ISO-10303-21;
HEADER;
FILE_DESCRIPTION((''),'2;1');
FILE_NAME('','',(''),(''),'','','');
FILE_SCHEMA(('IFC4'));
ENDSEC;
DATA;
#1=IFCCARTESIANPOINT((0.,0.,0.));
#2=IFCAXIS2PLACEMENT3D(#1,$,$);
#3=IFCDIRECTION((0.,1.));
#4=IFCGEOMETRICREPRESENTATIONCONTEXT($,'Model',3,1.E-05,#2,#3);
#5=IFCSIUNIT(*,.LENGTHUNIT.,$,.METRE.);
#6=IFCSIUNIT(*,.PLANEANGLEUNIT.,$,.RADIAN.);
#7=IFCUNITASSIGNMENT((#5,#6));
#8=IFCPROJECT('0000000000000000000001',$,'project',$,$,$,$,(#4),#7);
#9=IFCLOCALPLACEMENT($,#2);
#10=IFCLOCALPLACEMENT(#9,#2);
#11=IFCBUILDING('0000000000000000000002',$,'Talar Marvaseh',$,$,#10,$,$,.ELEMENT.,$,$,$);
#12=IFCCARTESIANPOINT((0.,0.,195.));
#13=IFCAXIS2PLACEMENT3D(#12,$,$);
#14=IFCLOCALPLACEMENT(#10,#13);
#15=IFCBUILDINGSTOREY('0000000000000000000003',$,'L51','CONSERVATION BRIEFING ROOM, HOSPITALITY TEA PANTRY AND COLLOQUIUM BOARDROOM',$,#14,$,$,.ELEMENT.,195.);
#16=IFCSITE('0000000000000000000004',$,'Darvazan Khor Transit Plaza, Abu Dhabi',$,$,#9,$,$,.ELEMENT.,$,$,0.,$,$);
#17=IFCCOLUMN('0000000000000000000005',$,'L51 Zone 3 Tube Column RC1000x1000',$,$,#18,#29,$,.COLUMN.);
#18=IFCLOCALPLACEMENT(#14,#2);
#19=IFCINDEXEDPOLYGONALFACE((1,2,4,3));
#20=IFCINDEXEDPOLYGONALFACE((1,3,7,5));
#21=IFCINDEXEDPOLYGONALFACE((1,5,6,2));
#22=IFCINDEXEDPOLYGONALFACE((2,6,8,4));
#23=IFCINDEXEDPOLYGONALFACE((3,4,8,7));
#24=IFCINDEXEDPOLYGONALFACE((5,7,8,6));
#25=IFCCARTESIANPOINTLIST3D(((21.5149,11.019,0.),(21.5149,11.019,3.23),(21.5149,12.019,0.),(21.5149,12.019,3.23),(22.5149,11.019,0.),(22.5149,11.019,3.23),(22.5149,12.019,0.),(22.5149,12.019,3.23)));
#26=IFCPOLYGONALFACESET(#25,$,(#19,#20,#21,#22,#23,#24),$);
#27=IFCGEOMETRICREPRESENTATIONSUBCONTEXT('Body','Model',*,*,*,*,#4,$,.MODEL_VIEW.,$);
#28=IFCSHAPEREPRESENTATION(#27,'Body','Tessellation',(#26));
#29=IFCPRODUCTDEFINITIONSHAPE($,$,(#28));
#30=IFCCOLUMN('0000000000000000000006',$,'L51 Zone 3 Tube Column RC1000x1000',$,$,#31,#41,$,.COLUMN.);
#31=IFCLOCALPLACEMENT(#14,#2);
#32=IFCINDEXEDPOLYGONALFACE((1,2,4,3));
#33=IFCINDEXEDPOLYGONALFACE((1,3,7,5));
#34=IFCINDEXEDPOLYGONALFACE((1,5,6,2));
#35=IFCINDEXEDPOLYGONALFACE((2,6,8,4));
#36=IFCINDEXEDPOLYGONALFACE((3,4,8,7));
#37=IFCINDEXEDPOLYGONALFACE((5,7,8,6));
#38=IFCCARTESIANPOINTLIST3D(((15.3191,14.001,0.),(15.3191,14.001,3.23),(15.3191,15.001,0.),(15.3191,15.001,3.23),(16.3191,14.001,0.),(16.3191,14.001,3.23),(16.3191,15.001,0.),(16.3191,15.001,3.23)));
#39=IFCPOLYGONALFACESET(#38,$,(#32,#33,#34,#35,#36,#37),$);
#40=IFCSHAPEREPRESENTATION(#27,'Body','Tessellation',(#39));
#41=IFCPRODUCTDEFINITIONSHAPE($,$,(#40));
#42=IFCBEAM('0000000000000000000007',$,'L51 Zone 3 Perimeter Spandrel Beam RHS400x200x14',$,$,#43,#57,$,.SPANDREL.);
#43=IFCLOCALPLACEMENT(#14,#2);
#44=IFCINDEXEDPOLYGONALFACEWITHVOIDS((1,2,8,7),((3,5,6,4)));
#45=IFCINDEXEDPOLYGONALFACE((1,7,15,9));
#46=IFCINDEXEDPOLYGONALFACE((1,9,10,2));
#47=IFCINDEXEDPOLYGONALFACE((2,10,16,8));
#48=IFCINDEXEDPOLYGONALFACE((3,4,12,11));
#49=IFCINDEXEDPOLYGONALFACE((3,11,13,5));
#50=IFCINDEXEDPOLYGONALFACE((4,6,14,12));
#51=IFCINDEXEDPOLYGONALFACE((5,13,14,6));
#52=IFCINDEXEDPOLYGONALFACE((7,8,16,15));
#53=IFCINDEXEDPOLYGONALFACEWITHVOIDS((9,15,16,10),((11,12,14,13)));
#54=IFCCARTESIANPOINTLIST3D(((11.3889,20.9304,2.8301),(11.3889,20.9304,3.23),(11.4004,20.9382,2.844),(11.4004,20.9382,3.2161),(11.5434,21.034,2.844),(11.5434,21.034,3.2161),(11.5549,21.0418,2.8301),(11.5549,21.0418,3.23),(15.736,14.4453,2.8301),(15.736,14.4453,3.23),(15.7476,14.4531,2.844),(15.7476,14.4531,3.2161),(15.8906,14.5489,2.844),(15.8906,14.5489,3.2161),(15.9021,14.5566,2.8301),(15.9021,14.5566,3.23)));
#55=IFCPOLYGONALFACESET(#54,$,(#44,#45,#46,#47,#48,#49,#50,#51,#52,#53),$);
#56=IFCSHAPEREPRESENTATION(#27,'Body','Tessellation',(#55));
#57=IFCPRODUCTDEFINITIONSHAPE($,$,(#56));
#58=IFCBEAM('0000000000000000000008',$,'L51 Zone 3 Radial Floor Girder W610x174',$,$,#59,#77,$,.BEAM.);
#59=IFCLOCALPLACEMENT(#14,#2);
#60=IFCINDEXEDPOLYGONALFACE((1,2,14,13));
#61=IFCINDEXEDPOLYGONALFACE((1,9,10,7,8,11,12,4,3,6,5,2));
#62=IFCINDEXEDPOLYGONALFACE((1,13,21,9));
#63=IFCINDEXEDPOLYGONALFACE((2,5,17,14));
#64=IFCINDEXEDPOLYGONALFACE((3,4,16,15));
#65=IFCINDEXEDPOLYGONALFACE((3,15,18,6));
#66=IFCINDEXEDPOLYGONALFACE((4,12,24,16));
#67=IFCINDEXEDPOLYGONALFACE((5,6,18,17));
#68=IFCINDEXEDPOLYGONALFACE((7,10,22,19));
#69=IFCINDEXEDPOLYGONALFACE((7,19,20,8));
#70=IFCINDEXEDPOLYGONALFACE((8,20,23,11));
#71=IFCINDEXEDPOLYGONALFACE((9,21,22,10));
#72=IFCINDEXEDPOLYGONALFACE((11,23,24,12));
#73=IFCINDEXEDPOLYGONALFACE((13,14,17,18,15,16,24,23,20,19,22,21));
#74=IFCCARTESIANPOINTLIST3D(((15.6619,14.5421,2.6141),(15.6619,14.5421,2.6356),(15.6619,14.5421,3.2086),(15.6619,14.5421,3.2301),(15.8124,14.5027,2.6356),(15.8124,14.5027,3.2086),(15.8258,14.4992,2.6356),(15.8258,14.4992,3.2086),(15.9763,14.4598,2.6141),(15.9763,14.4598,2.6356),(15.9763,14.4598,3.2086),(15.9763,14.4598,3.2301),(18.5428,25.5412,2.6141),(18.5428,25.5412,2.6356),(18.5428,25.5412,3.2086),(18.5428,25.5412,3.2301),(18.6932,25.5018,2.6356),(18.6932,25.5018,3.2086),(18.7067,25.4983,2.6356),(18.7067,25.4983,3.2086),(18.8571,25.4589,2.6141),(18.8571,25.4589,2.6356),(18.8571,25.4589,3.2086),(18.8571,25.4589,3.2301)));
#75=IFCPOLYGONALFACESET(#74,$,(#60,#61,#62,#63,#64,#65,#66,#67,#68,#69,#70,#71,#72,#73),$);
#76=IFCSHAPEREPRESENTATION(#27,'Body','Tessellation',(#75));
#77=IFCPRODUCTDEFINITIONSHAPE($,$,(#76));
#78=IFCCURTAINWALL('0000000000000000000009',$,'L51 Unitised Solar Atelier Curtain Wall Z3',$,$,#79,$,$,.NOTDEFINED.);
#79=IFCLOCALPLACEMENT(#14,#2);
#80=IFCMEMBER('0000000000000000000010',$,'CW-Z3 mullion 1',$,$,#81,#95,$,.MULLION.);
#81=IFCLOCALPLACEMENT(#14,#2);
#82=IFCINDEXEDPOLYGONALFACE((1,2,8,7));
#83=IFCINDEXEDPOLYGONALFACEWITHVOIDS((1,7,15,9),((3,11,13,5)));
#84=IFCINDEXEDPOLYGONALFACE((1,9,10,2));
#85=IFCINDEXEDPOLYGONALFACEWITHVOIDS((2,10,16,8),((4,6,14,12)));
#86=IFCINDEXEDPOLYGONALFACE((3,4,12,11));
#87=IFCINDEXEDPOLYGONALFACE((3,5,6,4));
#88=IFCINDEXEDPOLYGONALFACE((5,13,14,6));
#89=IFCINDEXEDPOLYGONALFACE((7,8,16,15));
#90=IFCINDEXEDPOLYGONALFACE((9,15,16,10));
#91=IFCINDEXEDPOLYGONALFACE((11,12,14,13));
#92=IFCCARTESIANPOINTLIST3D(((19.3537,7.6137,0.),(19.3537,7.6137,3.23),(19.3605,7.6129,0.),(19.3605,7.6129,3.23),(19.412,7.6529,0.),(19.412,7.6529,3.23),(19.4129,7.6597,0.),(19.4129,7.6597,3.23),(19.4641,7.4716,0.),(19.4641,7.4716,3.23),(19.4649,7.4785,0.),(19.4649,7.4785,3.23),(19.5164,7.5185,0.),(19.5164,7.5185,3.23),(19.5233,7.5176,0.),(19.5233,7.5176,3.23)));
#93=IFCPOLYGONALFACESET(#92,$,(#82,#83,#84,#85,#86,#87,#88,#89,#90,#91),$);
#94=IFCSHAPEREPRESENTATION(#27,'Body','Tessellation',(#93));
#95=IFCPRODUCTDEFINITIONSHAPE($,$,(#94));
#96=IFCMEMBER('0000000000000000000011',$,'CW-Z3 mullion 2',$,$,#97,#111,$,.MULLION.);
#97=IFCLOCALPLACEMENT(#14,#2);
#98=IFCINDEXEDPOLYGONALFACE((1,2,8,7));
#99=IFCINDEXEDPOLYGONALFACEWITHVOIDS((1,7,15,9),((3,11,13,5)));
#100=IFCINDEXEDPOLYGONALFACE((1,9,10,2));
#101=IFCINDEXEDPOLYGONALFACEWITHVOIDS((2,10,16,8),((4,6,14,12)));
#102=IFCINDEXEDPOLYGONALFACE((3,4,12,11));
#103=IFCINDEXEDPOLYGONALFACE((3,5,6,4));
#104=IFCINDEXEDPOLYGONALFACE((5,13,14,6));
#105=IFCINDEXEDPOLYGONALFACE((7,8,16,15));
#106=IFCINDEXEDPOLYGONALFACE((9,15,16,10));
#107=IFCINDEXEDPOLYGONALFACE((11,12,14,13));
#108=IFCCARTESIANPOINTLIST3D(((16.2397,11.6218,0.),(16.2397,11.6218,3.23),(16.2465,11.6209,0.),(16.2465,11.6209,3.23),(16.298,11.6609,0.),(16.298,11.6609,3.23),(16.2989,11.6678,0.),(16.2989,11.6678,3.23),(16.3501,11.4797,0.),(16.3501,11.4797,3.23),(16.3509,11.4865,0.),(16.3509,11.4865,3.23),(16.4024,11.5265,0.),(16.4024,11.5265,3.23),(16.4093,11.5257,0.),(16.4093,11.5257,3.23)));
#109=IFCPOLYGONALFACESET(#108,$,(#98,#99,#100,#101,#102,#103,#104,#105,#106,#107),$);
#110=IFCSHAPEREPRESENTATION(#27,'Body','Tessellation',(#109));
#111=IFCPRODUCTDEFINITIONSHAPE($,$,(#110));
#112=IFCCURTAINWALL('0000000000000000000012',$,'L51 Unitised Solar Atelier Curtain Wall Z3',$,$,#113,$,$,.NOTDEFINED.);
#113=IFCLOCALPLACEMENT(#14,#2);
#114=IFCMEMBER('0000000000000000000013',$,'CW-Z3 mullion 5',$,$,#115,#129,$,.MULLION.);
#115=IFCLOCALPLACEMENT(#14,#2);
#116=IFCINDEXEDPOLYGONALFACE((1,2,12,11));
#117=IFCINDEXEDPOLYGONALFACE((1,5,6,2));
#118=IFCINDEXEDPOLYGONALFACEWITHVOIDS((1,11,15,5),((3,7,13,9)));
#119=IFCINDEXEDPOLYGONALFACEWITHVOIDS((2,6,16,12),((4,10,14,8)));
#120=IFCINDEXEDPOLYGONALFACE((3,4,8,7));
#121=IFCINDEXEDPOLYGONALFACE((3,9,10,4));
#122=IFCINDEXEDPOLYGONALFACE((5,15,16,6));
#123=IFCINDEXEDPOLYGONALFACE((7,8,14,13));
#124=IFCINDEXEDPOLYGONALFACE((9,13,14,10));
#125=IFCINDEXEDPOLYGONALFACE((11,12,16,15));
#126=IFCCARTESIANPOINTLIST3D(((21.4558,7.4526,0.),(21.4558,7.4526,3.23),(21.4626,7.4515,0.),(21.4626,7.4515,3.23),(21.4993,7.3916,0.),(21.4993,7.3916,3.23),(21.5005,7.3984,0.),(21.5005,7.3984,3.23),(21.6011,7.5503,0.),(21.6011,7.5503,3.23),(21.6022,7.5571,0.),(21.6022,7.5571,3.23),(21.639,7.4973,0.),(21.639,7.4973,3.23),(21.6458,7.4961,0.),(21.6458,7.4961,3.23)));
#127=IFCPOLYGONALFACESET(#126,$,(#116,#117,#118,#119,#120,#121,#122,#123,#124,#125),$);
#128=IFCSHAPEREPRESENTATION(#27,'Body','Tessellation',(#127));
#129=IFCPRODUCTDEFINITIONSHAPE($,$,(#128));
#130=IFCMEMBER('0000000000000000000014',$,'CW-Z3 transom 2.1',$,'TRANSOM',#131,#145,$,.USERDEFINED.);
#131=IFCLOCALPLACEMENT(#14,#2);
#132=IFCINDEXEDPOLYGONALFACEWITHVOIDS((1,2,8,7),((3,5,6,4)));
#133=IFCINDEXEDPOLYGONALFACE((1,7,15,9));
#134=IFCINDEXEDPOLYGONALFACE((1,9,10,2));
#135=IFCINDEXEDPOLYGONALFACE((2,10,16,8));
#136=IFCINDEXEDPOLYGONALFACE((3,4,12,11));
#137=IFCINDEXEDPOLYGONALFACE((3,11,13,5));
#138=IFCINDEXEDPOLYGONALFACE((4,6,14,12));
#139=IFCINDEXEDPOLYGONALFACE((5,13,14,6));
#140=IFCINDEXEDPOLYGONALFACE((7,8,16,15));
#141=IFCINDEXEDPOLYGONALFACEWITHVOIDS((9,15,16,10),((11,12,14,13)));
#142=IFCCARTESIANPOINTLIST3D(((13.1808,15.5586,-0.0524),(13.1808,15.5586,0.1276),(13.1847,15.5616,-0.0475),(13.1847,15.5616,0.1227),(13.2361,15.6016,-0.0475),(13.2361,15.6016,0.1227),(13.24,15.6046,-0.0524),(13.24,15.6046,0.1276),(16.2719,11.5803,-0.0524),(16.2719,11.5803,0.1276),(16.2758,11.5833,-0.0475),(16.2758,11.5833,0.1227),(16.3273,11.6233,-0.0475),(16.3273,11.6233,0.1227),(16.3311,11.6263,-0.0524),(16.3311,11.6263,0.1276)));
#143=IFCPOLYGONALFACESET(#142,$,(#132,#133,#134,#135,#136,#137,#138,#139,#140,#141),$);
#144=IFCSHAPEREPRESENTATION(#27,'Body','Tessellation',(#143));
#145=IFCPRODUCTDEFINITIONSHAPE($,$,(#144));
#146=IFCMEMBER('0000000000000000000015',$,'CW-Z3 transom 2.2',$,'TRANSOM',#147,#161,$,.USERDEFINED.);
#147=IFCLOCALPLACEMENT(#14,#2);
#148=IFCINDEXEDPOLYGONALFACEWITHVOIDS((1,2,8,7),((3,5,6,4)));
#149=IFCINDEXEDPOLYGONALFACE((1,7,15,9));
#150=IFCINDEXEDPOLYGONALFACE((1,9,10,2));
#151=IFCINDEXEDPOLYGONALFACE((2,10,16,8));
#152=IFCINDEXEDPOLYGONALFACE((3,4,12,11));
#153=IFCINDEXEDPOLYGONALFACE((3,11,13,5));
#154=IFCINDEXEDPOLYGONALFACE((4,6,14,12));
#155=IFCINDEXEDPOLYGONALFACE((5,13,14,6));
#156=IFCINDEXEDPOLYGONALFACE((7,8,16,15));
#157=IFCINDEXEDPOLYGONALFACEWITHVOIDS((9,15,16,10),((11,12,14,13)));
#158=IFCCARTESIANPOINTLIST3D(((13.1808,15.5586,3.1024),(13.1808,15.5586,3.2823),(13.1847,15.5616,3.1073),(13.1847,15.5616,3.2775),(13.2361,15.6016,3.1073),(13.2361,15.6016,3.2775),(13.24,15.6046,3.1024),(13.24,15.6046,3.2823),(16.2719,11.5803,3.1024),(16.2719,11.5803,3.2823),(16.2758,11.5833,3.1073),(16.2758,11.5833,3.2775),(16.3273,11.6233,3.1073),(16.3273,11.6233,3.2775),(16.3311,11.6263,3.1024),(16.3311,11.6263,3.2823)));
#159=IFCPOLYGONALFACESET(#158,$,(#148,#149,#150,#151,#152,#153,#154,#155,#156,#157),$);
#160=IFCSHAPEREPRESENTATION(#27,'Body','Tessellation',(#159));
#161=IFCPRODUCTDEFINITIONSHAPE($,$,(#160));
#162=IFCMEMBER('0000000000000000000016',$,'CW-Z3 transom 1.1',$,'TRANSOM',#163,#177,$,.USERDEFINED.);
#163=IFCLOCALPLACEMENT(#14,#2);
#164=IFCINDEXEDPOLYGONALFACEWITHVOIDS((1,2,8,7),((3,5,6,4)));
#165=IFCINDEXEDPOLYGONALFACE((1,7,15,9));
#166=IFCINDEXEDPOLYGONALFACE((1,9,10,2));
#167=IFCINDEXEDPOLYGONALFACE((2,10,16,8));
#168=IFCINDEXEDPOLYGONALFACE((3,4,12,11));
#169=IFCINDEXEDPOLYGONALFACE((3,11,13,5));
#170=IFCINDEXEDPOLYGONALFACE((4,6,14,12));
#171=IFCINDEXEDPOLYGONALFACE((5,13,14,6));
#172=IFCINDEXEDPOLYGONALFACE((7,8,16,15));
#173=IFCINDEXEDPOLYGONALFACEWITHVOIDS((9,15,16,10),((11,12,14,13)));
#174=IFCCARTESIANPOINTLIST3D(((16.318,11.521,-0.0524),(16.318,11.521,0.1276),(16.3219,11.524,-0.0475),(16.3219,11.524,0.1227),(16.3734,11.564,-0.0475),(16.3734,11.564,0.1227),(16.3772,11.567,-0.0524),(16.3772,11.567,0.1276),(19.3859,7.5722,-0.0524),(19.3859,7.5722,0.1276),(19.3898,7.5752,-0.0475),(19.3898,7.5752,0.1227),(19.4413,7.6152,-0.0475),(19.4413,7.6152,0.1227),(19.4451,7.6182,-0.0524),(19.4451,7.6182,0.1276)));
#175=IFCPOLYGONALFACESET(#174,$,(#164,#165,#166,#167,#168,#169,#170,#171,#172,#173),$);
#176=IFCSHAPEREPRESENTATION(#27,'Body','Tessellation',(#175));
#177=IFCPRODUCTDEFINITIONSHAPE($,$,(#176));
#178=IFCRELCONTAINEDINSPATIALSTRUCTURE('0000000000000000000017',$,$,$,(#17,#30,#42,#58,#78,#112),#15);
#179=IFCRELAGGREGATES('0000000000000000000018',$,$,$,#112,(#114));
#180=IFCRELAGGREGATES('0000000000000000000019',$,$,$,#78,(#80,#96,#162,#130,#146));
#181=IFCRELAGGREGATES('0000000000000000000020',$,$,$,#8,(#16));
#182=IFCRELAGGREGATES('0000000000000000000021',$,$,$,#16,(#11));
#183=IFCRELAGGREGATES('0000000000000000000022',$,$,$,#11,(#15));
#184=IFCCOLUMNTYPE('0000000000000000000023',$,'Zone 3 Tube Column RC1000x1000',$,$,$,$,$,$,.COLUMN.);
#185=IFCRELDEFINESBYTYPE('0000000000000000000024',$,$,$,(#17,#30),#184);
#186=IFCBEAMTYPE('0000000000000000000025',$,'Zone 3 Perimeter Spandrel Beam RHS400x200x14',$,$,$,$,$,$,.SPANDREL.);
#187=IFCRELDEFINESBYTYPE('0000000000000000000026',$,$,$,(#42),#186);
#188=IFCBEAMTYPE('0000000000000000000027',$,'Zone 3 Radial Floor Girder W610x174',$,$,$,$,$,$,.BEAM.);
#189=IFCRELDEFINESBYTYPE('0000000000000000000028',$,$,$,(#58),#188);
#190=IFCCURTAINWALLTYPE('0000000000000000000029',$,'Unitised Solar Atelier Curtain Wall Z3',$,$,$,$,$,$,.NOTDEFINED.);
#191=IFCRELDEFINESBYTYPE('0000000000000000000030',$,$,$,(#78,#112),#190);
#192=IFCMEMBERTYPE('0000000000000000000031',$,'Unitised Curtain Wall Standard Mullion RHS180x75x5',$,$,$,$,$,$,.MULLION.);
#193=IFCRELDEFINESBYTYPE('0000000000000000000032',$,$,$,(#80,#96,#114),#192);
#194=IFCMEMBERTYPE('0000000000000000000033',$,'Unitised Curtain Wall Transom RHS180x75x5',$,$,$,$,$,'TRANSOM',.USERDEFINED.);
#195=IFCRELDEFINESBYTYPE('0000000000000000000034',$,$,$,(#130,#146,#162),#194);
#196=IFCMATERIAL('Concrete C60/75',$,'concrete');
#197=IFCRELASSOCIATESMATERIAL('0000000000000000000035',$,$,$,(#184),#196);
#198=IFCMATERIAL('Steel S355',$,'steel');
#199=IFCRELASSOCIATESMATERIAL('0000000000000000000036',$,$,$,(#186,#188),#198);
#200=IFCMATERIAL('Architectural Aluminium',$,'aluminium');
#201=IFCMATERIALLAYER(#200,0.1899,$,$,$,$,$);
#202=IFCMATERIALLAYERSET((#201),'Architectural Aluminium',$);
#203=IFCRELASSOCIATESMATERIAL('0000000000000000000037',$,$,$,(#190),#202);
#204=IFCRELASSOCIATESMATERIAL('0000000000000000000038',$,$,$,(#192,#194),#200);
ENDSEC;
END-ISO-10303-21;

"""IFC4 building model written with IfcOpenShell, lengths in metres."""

from ifc_helpers import new_model, si_unit, direction, frame, origin, origin_2d, place, context, subcontext, project, spatial, rectangle, hollow_rectangle, i_section, extrude, source, transform, mapped, material, layer, layer_set, material_profile, profile_set, type_object, type_shapes, element, aggregate, save


model = new_model("IFC4")

# Units and contexts
model_context = context("Model", 3, precision=1e-05, world=origin(), true_north=direction((0.0, 1.0)))
body_context = subcontext(model_context, "Body", "Model", "MODEL_VIEW")
ifc_project = project(units=[si_unit("LENGTHUNIT", "METRE"), si_unit("PLANEANGLEUNIT", "RADIAN")], contexts=[model_context])

# Site, building, storey
site_placement = place(None, origin())
site = spatial("IfcSite", under=ifc_project, at=site_placement, Name="Darvazan Khor Transit Plaza, Abu Dhabi", CompositionType="ELEMENT", RefElevation=0.0)
building_placement = place(site_placement, origin())
building = spatial("IfcBuilding", under=site, at=building_placement, Name="Talar Marvaseh", CompositionType="ELEMENT")
storey_placement = place(building_placement, frame((0.0, 0.0, 195.0)))
storey = spatial("IfcBuildingStorey", under=building, at=storey_placement, Name="L51", Description="CONSERVATION BRIEFING ROOM, HOSPITALITY TEA PANTRY AND COLLOQUIUM BOARDROOM", CompositionType="ELEMENT", Elevation=195.0)

# Columns
ifc_material_1 = material(Name="Concrete C60/75", Category="concrete")
ifc_material_profile_1 = material_profile(ifc_material_1, rectangle(XDim=1.0, YDim=1.0, at=origin_2d()), Name="RC1000x1000")
ifc_profile_set_1 = profile_set([ifc_material_profile_1], Name="Concrete C60/75")
column_type = type_object("IfcColumnType", Name="Zone 3 Tube Column RC1000x1000", PredefinedType="COLUMN", material=ifc_profile_set_1)
for number, where, z_axis, x_axis, name in (
    (1, (22.0149, 11.519, 0.0), (0.0, 0.0, 1.0), (1.0, 0.0, 0.0), "L51 Zone 3 Tube Column RC1000x1000"),
    (2, (15.8191, 14.501, 0.0), (0.0, 0.0, 1.0), (1.0, 0.0, 0.0), "L51 Zone 3 Tube Column RC1000x1000"),
):
    element("IfcColumn", number, at=place(storey_placement, frame(where, z_axis=z_axis, x_axis=x_axis)), inside=storey, type_object=column_type, Name=name, PredefinedType="COLUMN", context=body_context, shape_type="SweptSolid", body=[
        extrude(rectangle(XDim=1.0, YDim=1.0, at=origin_2d()), origin(), (0.0, 0.0, 1.0), 3.23),
    ])

# Beams
ifc_material_2 = material(Name="Steel S355", Category="steel")
ifc_material_profile_2 = material_profile(ifc_material_2, hollow_rectangle(XDim=0.2, YDim=0.3999, WallThickness=0.0139, at=origin_2d()), Name="RHS400x200x14")
ifc_profile_set_2 = profile_set([ifc_material_profile_2], Name="Steel S355")
beam_type_1 = type_object("IfcBeamType", Name="Zone 3 Perimeter Spandrel Beam RHS400x200x14", PredefinedType="SPANDREL", material=ifc_profile_set_2)
beam_1_placement = place(storey_placement, frame((15.8191, 14.501, 3.03), z_axis=(-0.556806, 0.830643, 0.0), x_axis=(-0.830643, -0.556806, 0.0)))
element("IfcBeam", 3, at=beam_1_placement, inside=storey, type_object=beam_type_1, Name="L51 Zone 3 Perimeter Spandrel Beam RHS400x200x14", PredefinedType="SPANDREL", context=body_context, shape_type="SweptSolid", body=[
    extrude(hollow_rectangle(XDim=0.2, YDim=0.3999, WallThickness=0.0139, at=origin_2d()), origin(), (0.0, 0.0, 1.0), 7.8074),
])
ifc_material_profile_3 = material_profile(ifc_material_2, i_section(OverallWidth=0.325, OverallDepth=0.616, WebThickness=0.0139, FlangeThickness=0.0215, at=origin_2d()), Name="W610x174")
ifc_profile_set_3 = profile_set([ifc_material_profile_3], Name="Steel S355")
beam_type_2 = type_object("IfcBeamType", Name="Zone 3 Radial Floor Girder W610x174", PredefinedType="BEAM", material=ifc_profile_set_3)
beam_2_placement = place(storey_placement, frame((15.8191, 14.501, 2.9221), z_axis=(0.253373, 0.967369, 0.0), x_axis=(-0.967369, 0.253373, 0.0)))
element("IfcBeam", 4, at=beam_2_placement, inside=storey, type_object=beam_type_2, Name="L51 Zone 3 Radial Floor Girder W610x174", PredefinedType="BEAM", context=body_context, shape_type="SweptSolid", body=[
    extrude(i_section(OverallWidth=0.325, OverallDepth=0.616, WebThickness=0.0139, FlangeThickness=0.0215, at=origin_2d()), origin(), (0.0, 0.0, 1.0), 11.3701),
])

# Curtain wall, members
ifc_material_3 = material(Name="Architectural Aluminium", Category="aluminium")
ifc_layer_1 = layer(ifc_material_3, 0.1899)
ifc_layer_set_1 = layer_set([ifc_layer_1], Name="Architectural Aluminium")
curtain_wall_type = type_object("IfcCurtainWallType", Name="Unitised Solar Atelier Curtain Wall Z3", PredefinedType="NOTDEFINED", material=ifc_layer_set_1)
curtain_wall_1_placement = place(storey_placement, origin())
curtain_wall_1 = element("IfcCurtainWall", 5, at=curtain_wall_1_placement, inside=storey, type_object=curtain_wall_type, Name="L51 Unitised Solar Atelier Curtain Wall Z3", PredefinedType="NOTDEFINED")
ifc_material_profile_4 = material_profile(ifc_material_3, hollow_rectangle(XDim=0.075, YDim=0.1799, WallThickness=0.0049, at=origin_2d()), Name="RHS180x75x5")
ifc_profile_set_4 = profile_set([ifc_material_profile_4], Name="Architectural Aluminium")
member_type_1 = type_object("IfcMemberType", Name="Unitised Curtain Wall Standard Mullion RHS180x75x5", PredefinedType="MULLION", material=ifc_profile_set_4)
shared_shape_1 = source(origin(), body_context, "Body", "SweptSolid", [
    extrude(hollow_rectangle(XDim=0.075, YDim=0.1799, WallThickness=0.0049, at=origin_2d()), origin(), (0.0, 0.0, 1.0), 3.23),
])
type_shapes(member_type_1, [shared_shape_1])
member_1_placement = place(storey_placement, frame((19.4385, 7.5657, 0.0), z_axis=(0.0, 0.0, 1.0), x_axis=(-0.789661, -0.613543, 0.0)))
member_1 = element("IfcMember", 6, at=member_1_placement, type_object=member_type_1, Name="CW-Z3 mullion 1", PredefinedType="MULLION", context=body_context, shape_type="MappedRepresentation", body=[
    mapped(shared_shape_1, transform((0.0, 0.0, 0.0), x_axis=(1.0, 0.0, 0.0), y_axis=(0.0, 1.0, 0.0), z_axis=(0.0, 0.0, 1.0), scale=1.0)),
])
member_2_placement = place(storey_placement, frame((16.3245, 11.5737, 0.0), z_axis=(0.0, 0.0, 1.0), x_axis=(-0.789661, -0.613543, 0.0)))
member_2 = element("IfcMember", 7, at=member_2_placement, type_object=member_type_1, Name="CW-Z3 mullion 2", PredefinedType="MULLION", context=body_context, shape_type="MappedRepresentation", body=[
    mapped(shared_shape_1, transform((0.0, 0.0, 0.0), x_axis=(1.0, 0.0, 0.0), y_axis=(0.0, 1.0, 0.0), z_axis=(0.0, 0.0, 1.0), scale=1.0)),
])

# Curtain wall, member
curtain_wall_2_placement = place(storey_placement, origin())
curtain_wall_2 = element("IfcCurtainWall", 8, at=curtain_wall_2_placement, inside=storey, type_object=curtain_wall_type, Name="L51 Unitised Solar Atelier Curtain Wall Z3", PredefinedType="NOTDEFINED")
member_3_placement = place(storey_placement, frame((21.5508, 7.4744, 0.0), z_axis=(0.0, 0.0, 1.0), x_axis=(0.580831, -0.814024, 0.0)))
member_3 = element("IfcMember", 9, at=member_3_placement, type_object=member_type_1, Name="CW-Z3 mullion 5", PredefinedType="MULLION", context=body_context, shape_type="MappedRepresentation", body=[
    mapped(shared_shape_1, transform((0.0, 0.0, 0.0), x_axis=(1.0, 0.0, 0.0), y_axis=(0.0, 1.0, 0.0), z_axis=(0.0, 0.0, 1.0), scale=1.0)),
])
aggregate(curtain_wall_2, [member_3])

# Members
ifc_material_profile_5 = material_profile(ifc_material_3, hollow_rectangle(XDim=0.075, YDim=0.1799, WallThickness=0.0049, at=origin_2d()), Name="RHS180x75x5")
ifc_profile_set_5 = profile_set([ifc_material_profile_5], Name="Architectural Aluminium")
member_type_2 = type_object("IfcMemberType", Name="Unitised Curtain Wall Transom RHS180x75x5", ElementType="TRANSOM", PredefinedType="USERDEFINED", material=ifc_profile_set_5)
shared_shape_2 = source(origin(), body_context, "Body", "SweptSolid", [
    extrude(hollow_rectangle(XDim=0.075, YDim=0.1799, WallThickness=0.0049, at=origin_2d()), origin(), (0.0, 0.0, 1.0), 5.0381),
])
member_4_placement = place(storey_placement, frame((16.3015, 11.6033, 0.0376), z_axis=(-0.613551, 0.789655, 0.0), x_axis=(-0.789655, -0.613551, 0.0)))
member_4 = element("IfcMember", 10, at=member_4_placement, type_object=member_type_2, Name="CW-Z3 transom 2.1", ObjectType="TRANSOM", PredefinedType="USERDEFINED", context=body_context, shape_type="MappedRepresentation", body=[
    mapped(shared_shape_2, transform((0.0, 0.0, 0.0), x_axis=(1.0, 0.0, 0.0), y_axis=(0.0, 1.0, 0.0), z_axis=(0.0, 0.0, 1.0), scale=1.0)),
])
member_5_placement = place(storey_placement, frame((16.3015, 11.6033, 3.1924), z_axis=(-0.613551, 0.789655, 0.0), x_axis=(-0.789655, -0.613551, 0.0)))
member_5 = element("IfcMember", 11, at=member_5_placement, type_object=member_type_2, Name="CW-Z3 transom 2.2", ObjectType="TRANSOM", PredefinedType="USERDEFINED", context=body_context, shape_type="MappedRepresentation", body=[
    mapped(shared_shape_2, transform((0.0, 0.0, 0.0), x_axis=(1.0, 0.0, 0.0), y_axis=(0.0, 1.0, 0.0), z_axis=(0.0, 0.0, 1.0), scale=1.0)),
])
shared_shape_3 = source(origin(), body_context, "Body", "SweptSolid", [
    extrude(hollow_rectangle(XDim=0.075, YDim=0.1799, WallThickness=0.0049, at=origin_2d()), origin(), (0.0, 0.0, 1.0), 5.0005),
])
type_shapes(member_type_2, [shared_shape_2, shared_shape_3])
member_6_placement = place(storey_placement, frame((19.4155, 7.5952, 0.0376), z_axis=(-0.613521, 0.789678, 0.0), x_axis=(-0.789678, -0.613521, 0.0)))
member_6 = element("IfcMember", 12, at=member_6_placement, type_object=member_type_2, Name="CW-Z3 transom 1.1", ObjectType="TRANSOM", PredefinedType="USERDEFINED", context=body_context, shape_type="MappedRepresentation", body=[
    mapped(shared_shape_3, transform((0.0, 0.0, 0.0), x_axis=(1.0, 0.0, 0.0), y_axis=(0.0, 1.0, 0.0), z_axis=(0.0, 0.0, 1.0), scale=1.0)),
])

aggregate(curtain_wall_1, [member_1, member_2, member_6, member_4, member_5])

save(model, "model.ifc")
